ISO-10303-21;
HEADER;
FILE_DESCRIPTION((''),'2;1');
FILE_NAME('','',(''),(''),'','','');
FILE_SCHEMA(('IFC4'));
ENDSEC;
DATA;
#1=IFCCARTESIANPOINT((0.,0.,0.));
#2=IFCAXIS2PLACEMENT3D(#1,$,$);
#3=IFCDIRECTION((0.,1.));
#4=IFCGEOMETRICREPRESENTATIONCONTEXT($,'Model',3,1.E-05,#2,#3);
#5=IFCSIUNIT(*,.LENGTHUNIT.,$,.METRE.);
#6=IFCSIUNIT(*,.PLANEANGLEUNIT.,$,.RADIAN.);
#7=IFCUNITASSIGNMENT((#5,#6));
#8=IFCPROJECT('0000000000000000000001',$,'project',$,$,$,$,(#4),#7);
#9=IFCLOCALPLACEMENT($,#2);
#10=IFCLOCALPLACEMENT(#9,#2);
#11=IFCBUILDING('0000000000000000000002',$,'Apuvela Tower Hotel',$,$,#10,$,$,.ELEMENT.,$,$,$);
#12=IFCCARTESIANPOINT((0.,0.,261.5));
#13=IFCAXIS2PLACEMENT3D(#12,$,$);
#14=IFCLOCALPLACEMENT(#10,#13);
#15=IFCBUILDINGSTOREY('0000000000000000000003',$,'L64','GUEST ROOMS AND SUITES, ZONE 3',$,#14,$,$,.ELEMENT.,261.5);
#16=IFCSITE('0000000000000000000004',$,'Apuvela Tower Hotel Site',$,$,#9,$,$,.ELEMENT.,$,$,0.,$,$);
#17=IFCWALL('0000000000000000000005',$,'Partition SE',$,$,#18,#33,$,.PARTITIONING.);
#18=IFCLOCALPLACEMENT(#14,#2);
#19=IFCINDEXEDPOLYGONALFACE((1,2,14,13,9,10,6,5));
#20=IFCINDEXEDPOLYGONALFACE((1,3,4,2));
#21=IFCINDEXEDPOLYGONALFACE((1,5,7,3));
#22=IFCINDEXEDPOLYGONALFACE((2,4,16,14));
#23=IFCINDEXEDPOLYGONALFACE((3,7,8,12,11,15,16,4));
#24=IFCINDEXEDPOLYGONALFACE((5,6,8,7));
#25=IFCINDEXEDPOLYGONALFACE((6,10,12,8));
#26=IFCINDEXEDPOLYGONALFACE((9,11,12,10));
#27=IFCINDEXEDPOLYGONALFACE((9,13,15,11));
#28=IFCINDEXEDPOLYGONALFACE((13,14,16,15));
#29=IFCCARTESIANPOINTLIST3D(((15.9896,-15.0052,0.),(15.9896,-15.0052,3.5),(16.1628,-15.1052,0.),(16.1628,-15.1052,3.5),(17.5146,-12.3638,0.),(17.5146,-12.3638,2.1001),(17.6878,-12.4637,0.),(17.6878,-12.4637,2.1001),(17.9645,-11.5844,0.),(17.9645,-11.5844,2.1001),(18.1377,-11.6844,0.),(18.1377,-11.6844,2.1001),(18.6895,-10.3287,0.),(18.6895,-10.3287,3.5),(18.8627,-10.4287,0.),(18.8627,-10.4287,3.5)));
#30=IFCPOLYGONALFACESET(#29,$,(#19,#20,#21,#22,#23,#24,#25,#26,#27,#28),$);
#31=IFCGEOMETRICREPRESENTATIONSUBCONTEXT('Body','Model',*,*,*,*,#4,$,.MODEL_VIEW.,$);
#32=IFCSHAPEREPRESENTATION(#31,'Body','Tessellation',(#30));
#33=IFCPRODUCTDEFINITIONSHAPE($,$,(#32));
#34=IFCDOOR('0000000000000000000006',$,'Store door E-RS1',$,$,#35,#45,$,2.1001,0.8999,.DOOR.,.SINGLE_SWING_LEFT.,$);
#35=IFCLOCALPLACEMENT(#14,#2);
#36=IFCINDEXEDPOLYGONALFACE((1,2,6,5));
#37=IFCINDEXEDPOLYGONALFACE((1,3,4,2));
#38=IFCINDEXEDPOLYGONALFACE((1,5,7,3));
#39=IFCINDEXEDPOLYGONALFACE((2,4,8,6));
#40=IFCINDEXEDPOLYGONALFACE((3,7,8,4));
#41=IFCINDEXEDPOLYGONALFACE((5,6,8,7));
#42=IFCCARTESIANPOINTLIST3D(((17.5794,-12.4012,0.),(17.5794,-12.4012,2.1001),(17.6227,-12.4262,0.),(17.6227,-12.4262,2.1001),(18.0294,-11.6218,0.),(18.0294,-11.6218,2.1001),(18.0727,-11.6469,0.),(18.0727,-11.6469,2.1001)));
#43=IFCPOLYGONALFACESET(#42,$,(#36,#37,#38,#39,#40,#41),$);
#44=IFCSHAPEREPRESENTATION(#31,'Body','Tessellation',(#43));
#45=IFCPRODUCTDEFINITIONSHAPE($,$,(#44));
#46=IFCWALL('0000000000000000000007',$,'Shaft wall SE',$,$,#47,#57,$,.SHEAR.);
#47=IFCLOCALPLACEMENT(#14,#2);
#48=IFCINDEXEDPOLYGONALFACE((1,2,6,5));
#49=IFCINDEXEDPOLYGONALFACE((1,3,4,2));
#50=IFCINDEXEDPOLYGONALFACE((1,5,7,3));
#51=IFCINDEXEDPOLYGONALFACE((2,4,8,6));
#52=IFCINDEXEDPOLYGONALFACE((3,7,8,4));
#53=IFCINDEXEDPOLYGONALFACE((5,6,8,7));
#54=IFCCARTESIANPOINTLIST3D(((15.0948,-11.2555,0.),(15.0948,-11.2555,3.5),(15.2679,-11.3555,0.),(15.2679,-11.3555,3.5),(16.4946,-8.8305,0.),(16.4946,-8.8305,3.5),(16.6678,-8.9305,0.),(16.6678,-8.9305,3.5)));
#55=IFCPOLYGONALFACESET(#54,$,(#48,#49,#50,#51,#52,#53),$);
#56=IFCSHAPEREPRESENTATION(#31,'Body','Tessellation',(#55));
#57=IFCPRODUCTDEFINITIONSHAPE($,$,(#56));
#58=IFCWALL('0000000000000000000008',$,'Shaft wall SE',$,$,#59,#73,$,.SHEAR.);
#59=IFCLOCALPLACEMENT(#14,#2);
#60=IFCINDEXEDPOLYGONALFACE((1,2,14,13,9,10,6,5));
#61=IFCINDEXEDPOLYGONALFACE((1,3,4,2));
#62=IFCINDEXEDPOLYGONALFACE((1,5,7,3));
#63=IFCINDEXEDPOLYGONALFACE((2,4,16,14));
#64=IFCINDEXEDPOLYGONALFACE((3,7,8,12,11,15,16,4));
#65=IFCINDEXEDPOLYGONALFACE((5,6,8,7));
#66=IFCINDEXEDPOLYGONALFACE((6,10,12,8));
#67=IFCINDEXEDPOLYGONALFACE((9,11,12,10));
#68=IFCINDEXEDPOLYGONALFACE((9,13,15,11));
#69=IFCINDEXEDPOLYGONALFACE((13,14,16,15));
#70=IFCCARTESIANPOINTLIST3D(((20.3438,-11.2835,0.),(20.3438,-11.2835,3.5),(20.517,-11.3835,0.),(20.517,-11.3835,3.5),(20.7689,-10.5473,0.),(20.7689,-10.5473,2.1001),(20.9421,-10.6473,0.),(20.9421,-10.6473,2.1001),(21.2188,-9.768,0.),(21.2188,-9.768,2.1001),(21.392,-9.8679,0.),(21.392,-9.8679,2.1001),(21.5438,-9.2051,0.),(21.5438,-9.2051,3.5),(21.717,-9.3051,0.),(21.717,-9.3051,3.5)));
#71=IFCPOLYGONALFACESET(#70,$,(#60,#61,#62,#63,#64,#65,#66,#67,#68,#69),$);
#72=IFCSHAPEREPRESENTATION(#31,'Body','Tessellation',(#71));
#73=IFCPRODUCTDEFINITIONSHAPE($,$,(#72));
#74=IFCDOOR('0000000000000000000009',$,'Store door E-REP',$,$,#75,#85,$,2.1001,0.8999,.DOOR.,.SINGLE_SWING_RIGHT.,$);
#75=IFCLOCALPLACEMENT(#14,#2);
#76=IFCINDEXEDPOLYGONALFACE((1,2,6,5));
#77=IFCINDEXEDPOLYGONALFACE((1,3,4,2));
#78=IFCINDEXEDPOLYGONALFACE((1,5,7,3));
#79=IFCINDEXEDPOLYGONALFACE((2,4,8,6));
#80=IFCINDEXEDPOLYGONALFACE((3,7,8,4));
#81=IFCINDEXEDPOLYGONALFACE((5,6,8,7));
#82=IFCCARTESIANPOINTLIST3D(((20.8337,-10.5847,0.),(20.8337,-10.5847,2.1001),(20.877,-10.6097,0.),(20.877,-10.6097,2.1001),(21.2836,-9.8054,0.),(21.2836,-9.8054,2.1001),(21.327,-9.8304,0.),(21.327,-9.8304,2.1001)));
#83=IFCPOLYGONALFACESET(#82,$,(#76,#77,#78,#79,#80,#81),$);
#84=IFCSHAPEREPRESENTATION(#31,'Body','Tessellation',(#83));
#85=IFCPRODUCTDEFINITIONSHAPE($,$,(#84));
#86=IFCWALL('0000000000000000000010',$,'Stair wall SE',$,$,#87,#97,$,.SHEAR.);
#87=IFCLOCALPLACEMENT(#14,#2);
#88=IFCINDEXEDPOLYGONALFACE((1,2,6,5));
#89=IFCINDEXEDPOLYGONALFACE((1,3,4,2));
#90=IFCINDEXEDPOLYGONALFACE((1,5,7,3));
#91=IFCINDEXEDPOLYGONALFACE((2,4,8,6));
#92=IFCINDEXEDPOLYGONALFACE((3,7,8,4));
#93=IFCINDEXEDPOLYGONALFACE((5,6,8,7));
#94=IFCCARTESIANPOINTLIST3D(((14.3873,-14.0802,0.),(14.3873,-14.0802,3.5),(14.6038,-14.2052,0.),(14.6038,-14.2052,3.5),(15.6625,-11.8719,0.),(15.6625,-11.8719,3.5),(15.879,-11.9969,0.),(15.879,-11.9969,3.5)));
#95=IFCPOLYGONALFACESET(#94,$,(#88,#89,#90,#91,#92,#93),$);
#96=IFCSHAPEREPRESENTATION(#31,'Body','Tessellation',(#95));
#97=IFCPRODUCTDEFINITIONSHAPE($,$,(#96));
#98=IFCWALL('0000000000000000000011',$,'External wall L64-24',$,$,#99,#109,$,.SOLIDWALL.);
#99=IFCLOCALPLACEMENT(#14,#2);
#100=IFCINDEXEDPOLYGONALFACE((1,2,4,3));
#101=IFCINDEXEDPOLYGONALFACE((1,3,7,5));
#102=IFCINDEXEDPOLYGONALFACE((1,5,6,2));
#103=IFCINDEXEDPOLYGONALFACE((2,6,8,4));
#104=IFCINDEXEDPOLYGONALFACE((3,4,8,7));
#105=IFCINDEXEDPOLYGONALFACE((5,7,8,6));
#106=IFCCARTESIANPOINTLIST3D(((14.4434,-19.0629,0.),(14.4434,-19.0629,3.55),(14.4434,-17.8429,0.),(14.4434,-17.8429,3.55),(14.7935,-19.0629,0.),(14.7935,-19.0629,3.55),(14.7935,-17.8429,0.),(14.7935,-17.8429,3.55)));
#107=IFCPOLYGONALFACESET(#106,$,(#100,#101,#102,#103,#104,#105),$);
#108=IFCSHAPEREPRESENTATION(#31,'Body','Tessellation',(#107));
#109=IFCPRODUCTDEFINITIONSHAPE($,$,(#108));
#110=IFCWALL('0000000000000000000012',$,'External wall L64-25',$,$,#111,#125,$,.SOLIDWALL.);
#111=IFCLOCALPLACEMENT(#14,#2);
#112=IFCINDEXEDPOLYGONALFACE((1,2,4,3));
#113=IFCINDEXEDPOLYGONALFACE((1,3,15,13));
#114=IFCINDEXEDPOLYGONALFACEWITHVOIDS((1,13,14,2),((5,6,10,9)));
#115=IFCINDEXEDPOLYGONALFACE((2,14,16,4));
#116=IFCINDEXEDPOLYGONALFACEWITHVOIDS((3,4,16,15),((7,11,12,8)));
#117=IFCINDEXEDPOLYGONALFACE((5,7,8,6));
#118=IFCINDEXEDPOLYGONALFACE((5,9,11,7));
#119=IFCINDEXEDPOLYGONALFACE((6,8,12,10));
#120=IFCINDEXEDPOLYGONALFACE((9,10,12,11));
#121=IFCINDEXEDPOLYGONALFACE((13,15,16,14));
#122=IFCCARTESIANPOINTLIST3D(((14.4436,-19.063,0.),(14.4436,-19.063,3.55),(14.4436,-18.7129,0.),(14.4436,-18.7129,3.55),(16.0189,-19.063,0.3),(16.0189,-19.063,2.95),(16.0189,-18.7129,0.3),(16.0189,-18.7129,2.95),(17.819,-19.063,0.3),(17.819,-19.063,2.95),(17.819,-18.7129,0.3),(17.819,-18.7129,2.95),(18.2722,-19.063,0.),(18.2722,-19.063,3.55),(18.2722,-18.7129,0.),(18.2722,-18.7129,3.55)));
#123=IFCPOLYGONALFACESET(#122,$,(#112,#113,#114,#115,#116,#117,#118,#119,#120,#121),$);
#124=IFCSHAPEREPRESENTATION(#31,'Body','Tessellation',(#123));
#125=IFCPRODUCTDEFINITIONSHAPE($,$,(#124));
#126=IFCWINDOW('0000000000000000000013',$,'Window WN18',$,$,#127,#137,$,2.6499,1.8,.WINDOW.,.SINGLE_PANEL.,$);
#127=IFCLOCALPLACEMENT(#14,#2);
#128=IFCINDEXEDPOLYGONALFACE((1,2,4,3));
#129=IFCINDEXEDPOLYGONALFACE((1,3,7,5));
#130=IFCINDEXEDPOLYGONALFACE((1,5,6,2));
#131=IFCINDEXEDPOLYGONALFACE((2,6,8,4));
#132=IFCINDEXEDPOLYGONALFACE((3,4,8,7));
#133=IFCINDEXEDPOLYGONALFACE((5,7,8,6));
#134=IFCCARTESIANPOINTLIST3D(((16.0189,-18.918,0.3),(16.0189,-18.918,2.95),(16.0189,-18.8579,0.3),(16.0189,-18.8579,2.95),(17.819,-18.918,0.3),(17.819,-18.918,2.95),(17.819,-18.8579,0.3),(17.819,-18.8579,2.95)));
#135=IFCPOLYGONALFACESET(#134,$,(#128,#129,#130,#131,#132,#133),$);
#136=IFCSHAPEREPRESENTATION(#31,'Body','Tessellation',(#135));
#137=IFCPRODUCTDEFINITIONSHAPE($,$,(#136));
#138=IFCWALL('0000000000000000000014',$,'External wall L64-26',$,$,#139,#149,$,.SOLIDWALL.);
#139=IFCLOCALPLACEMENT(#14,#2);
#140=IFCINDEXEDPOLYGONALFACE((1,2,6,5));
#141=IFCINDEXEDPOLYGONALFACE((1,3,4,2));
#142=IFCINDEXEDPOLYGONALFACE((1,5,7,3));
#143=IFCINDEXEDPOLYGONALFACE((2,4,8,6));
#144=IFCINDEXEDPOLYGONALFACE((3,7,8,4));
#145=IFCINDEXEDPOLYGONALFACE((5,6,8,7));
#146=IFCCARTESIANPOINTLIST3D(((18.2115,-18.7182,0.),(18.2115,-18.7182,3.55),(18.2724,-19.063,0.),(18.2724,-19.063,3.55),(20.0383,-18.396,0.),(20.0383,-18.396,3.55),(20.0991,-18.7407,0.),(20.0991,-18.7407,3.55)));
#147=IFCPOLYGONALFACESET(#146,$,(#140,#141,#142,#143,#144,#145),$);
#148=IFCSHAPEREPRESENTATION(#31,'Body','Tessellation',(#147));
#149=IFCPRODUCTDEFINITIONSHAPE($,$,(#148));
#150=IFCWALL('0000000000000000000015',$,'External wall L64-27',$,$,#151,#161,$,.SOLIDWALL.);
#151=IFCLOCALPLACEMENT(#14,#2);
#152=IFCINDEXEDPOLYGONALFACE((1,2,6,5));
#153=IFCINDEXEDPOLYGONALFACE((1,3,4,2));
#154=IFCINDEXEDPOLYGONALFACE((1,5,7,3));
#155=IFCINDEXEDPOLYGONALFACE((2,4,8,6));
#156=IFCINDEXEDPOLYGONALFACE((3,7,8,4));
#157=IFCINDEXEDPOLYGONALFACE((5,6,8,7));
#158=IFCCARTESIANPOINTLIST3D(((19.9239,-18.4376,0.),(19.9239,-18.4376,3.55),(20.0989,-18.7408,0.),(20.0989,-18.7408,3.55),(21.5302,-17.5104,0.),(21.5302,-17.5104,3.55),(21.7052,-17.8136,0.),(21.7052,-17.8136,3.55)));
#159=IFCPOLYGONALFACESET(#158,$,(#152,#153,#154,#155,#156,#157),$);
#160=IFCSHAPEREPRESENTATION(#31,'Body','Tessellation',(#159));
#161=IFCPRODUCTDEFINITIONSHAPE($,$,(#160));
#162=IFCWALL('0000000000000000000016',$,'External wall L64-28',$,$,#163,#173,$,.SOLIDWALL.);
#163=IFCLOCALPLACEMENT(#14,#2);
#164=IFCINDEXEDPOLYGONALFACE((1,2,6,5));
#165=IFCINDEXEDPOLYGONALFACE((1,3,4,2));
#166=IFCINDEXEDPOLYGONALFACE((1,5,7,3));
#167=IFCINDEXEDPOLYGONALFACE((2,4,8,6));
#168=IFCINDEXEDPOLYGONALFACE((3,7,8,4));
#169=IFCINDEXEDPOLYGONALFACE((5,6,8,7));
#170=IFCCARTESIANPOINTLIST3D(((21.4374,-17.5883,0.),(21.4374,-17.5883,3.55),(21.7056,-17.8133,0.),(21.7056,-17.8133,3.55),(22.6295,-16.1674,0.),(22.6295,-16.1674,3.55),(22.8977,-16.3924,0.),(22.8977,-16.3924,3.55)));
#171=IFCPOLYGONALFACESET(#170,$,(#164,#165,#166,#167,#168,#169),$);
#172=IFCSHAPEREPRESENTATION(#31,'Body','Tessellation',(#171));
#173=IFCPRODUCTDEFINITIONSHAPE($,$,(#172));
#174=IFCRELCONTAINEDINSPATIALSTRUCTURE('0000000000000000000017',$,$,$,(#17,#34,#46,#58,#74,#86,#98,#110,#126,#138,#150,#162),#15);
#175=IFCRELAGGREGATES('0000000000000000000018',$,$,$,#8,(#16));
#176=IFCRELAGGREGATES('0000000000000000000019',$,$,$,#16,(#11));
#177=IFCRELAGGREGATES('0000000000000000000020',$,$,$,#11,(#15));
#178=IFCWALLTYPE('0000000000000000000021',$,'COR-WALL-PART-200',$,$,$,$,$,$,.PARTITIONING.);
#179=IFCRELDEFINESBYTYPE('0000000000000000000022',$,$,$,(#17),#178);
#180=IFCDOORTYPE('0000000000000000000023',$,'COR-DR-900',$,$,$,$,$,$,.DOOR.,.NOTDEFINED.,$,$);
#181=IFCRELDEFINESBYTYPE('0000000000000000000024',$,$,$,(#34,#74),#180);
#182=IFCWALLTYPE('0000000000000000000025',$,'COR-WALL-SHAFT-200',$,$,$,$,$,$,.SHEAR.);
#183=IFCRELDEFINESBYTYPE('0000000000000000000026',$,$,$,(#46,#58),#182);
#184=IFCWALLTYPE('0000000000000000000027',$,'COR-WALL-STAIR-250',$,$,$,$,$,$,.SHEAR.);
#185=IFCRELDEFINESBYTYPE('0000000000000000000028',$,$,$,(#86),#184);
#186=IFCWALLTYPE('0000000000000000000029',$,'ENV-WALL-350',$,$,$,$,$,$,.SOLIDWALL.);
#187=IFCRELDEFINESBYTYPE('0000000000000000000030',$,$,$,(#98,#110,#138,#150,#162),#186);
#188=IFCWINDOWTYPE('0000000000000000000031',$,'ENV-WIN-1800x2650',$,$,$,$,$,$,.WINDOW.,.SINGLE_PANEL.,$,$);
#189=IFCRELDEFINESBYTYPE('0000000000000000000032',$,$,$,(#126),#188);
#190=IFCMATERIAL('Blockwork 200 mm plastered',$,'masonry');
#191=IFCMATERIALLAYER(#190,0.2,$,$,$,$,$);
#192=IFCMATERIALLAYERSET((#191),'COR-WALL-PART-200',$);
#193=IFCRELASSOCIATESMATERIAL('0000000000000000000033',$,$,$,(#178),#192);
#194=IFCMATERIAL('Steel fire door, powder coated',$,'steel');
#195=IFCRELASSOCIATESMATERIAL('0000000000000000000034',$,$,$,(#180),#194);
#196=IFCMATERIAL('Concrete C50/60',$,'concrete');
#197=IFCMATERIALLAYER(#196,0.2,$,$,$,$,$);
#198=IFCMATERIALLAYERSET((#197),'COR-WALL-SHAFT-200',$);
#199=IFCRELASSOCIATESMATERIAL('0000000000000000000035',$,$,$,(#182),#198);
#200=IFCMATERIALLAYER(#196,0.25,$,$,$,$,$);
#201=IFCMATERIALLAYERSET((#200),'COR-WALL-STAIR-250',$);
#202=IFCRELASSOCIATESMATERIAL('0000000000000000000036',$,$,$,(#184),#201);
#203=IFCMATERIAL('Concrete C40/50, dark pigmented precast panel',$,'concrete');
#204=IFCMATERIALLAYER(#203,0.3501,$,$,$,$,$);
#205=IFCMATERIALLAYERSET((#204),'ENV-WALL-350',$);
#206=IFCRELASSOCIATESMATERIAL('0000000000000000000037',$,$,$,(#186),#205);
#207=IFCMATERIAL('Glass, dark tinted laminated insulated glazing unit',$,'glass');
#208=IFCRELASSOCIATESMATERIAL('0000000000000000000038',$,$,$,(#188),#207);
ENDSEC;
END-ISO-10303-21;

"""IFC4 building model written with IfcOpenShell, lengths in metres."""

from ifc_helpers import new_model, si_unit, direction, frame, frame_2d, origin, place, context, subcontext, project, spatial, rectangle, extrude, material, layer, layer_set, type_object, element, fill, save


model = new_model("IFC4")

# Units and contexts
model_context = context("Model", 3, precision=1e-05, world=origin(), true_north=direction((0.0, 1.0)))
body_context = subcontext(model_context, "Body", "Model", "MODEL_VIEW")
ifc_project = project(units=[si_unit("LENGTHUNIT", "METRE"), si_unit("PLANEANGLEUNIT", "RADIAN")], contexts=[model_context])

# Site, building, storey
site_placement = place(None, origin())
site = spatial("IfcSite", under=ifc_project, at=site_placement, Name="Apuvela Tower Hotel Site", CompositionType="ELEMENT", RefElevation=0.0)
building_placement = place(site_placement, origin())
building = spatial("IfcBuilding", under=site, at=building_placement, Name="Apuvela Tower Hotel", CompositionType="ELEMENT")
storey_placement = place(building_placement, frame((0.0, 0.0, 261.5)))
storey = spatial("IfcBuildingStorey", under=building, at=storey_placement, Name="L64", Description="GUEST ROOMS AND SUITES, ZONE 3", CompositionType="ELEMENT", Elevation=261.5)

# Wall, opening, door
ifc_material_1 = material(Name="Blockwork 200 mm plastered", Category="masonry")
ifc_layer_1 = layer(ifc_material_1, 0.2)
ifc_layer_set_1 = layer_set([ifc_layer_1], Name="COR-WALL-PART-200")
wall_type_1 = type_object("IfcWallType", Name="COR-WALL-PART-200", PredefinedType="PARTITIONING", material=ifc_layer_set_1)
wall_1_placement = place(storey_placement, frame((16.0762, -15.0552, 0.0), z_axis=(0.0, 0.0, 1.0), x_axis=(0.499995, 0.866028, 0.0)))
wall_1 = element("IfcWall", 1, at=wall_1_placement, inside=storey, type_object=wall_type_1, Name="Partition SE", PredefinedType="PARTITIONING", context=body_context, shape_type="SweptSolid", body=[
    extrude(rectangle(XDim=5.3999, YDim=0.2, at=frame_2d((2.7, 0.0))), origin(), (0.0, 0.0, 1.0), 3.5),
])
opening_1_placement = place(wall_1_placement, frame((3.05, 0.0, 0.0)))
opening_1 = element("IfcOpeningElement", 2, at=opening_1_placement, cuts=wall_1, PredefinedType="OPENING", context=body_context, shape_type="SweptSolid", body=[
    extrude(rectangle(XDim=0.8999, YDim=2.1001, at=frame_2d((0.45, 1.05))), frame((0.0, 0.1099, 0.0), z_axis=(0.0, -1.0, 0.0), x_axis=(1.0, 0.0, 0.0)), (0.0, 0.0, 1.0), 0.22),
])
ifc_material_2 = material(Name="Steel fire door, powder coated", Category="steel")
door_type_1 = type_object("IfcDoorType", Name="COR-DR-900", OperationType="NOTDEFINED", PredefinedType="DOOR", material=ifc_material_2)
door_1_placement = place(opening_1_placement, frame((0.8999, 0.0, 0.0), z_axis=(0.0, 0.0, 1.0), x_axis=(-1.0, 0.0, 0.0)))
door_1 = element("IfcDoor", 3, at=door_1_placement, inside=storey, type_object=door_type_1, Name="Store door E-RS1", OperationType="SINGLE_SWING_LEFT", OverallHeight=2.1001, OverallWidth=0.8999, PredefinedType="DOOR", context=body_context, shape_type="SweptSolid", body=[
    extrude(rectangle(XDim=0.8999, YDim=2.1001, at=frame_2d((0.45, 1.05))), frame((0.0, 0.0249, 0.0), z_axis=(0.0, -1.0, 0.0), x_axis=(1.0, 0.0, 0.0)), (0.0, 0.0, 1.0), 0.05),
])
fill(opening_1, door_1)

# Wall
ifc_material_3 = material(Name="Concrete C50/60", Category="concrete")
ifc_layer_2 = layer(ifc_material_3, 0.2)
ifc_layer_set_2 = layer_set([ifc_layer_2], Name="COR-WALL-SHAFT-200")
wall_type_2 = type_object("IfcWallType", Name="COR-WALL-SHAFT-200", PredefinedType="SHEAR", material=ifc_layer_set_2)
wall_2_placement = place(storey_placement, frame((15.1814, -11.3054, 0.0), z_axis=(0.0, 0.0, 1.0), x_axis=(0.499946, 0.866056, 0.0)))
element("IfcWall", 4, at=wall_2_placement, inside=storey, type_object=wall_type_2, Name="Shaft wall SE", PredefinedType="SHEAR", context=body_context, shape_type="SweptSolid", body=[
    extrude(rectangle(XDim=2.8, YDim=0.2, at=frame_2d((1.3999, 0.0))), origin(), (0.0, 0.0, 1.0), 3.5),
])

# Wall, opening, door
wall_3_placement = place(storey_placement, frame((20.4304, -11.3335, 0.0), z_axis=(0.0, 0.0, 1.0), x_axis=(0.500001, 0.866025, 0.0)))
wall_3 = element("IfcWall", 5, at=wall_3_placement, inside=storey, type_object=wall_type_2, Name="Shaft wall SE", PredefinedType="SHEAR", context=body_context, shape_type="SweptSolid", body=[
    extrude(rectangle(XDim=2.3999, YDim=0.2, at=frame_2d((1.2, 0.0))), origin(), (0.0, 0.0, 1.0), 3.5),
])
opening_2_placement = place(wall_3_placement, frame((0.8501, 0.0, 0.0)))
opening_2 = element("IfcOpeningElement", 6, at=opening_2_placement, cuts=wall_3, PredefinedType="OPENING", context=body_context, shape_type="SweptSolid", body=[
    extrude(rectangle(XDim=0.8999, YDim=2.1001, at=frame_2d((0.45, 1.05))), frame((0.0, 0.1099, 0.0), z_axis=(0.0, -1.0, 0.0), x_axis=(1.0, 0.0, 0.0)), (0.0, 0.0, 1.0), 0.22),
])
door_2_placement = place(opening_2_placement, frame((0.8999, 0.0, 0.0), z_axis=(0.0, 0.0, 1.0), x_axis=(-1.0, 0.0, 0.0)))
door_2 = element("IfcDoor", 7, at=door_2_placement, inside=storey, type_object=door_type_1, Name="Store door E-REP", OperationType="SINGLE_SWING_RIGHT", OverallHeight=2.1001, OverallWidth=0.8999, PredefinedType="DOOR", context=body_context, shape_type="SweptSolid", body=[
    extrude(rectangle(XDim=0.8999, YDim=2.1001, at=frame_2d((0.45, 1.05))), frame((0.0, 0.0249, 0.0), z_axis=(0.0, -1.0, 0.0), x_axis=(1.0, 0.0, 0.0)), (0.0, 0.0, 1.0), 0.05),
])
fill(opening_2, door_2)

# Walls
ifc_layer_3 = layer(ifc_material_3, 0.25)
ifc_layer_set_3 = layer_set([ifc_layer_3], Name="COR-WALL-STAIR-250")
wall_type_3 = type_object("IfcWallType", Name="COR-WALL-STAIR-250", PredefinedType="SHEAR", material=ifc_layer_set_3)
wall_4_placement = place(storey_placement, frame((14.4956, -14.1426, 0.0), z_axis=(0.0, 0.0, 1.0), x_axis=(0.500062, 0.865989, 0.0)))
element("IfcWall", 8, at=wall_4_placement, inside=storey, type_object=wall_type_3, Name="Stair wall SE", PredefinedType="SHEAR", context=body_context, shape_type="SweptSolid", body=[
    extrude(rectangle(XDim=2.55, YDim=0.25, at=frame_2d((1.2749, 0.0))), origin(), (0.0, 0.0, 1.0), 3.5),
])
ifc_material_4 = material(Name="Concrete C40/50, dark pigmented precast panel", Category="concrete")
ifc_layer_4 = layer(ifc_material_4, 0.3501)
ifc_layer_set_4 = layer_set([ifc_layer_4], Name="ENV-WALL-350")
wall_type_4 = type_object("IfcWallType", Name="ENV-WALL-350", PredefinedType="SOLIDWALL", material=ifc_layer_set_4)
wall_5_placement = place(storey_placement, frame((14.6184, -17.843, 0.0), z_axis=(0.0, 0.0, 1.0), x_axis=(0.0, -1.0, 0.0)))
element("IfcWall", 9, at=wall_5_placement, inside=storey, type_object=wall_type_4, Name="External wall L64-24", PredefinedType="SOLIDWALL", context=body_context, shape_type="SweptSolid", body=[
    extrude(rectangle(XDim=1.22, YDim=0.3501, at=frame_2d((0.6099, 0.0))), origin(), (0.0, 0.0, 1.0), 3.55),
])

# Wall, opening, window
wall_6_placement = place(storey_placement, frame((14.4436, -18.8879, 0.0), z_axis=(0.0, 0.0, 1.0), x_axis=(1.0, 0.0, 0.0)))
wall_6 = element("IfcWall", 10, at=wall_6_placement, inside=storey, type_object=wall_type_4, Name="External wall L64-25", PredefinedType="SOLIDWALL", context=body_context, shape_type="SweptSolid", body=[
    extrude(rectangle(XDim=3.8286, YDim=0.3501, at=frame_2d((1.9143, 0.0))), origin(), (0.0, 0.0, 1.0), 3.55),
])
opening_3_placement = place(wall_6_placement, frame((1.5754, 0.0, 0.3)))
opening_3 = element("IfcOpeningElement", 11, at=opening_3_placement, cuts=wall_6, PredefinedType="OPENING", context=body_context, shape_type="SweptSolid", body=[
    extrude(rectangle(XDim=1.8, YDim=2.6499, at=frame_2d((0.8999, 1.325))), frame((0.0, 0.1851, 0.0), z_axis=(0.0, -1.0, 0.0), x_axis=(1.0, 0.0, 0.0)), (0.0, 0.0, 1.0), 0.3701),
])
ifc_material_5 = material(Name="Glass, dark tinted laminated insulated glazing unit", Category="glass")
window_type = type_object("IfcWindowType", Name="ENV-WIN-1800x2650", PartitioningType="SINGLE_PANEL", PredefinedType="WINDOW", material=ifc_material_5)
window_placement = place(opening_3_placement, origin())
window = element("IfcWindow", 12, at=window_placement, inside=storey, type_object=window_type, Name="Window WN18", OverallHeight=2.6499, OverallWidth=1.8, PartitioningType="SINGLE_PANEL", PredefinedType="WINDOW", context=body_context, shape_type="SweptSolid", body=[
    extrude(rectangle(XDim=1.8, YDim=2.6499, at=frame_2d((0.8999, 1.325))), frame((0.0, 0.03, 0.0), z_axis=(0.0, -1.0, 0.0), x_axis=(1.0, 0.0, 0.0)), (0.0, 0.0, 1.0), 0.0601),
])
fill(opening_3, window)

# Walls
wall_7_placement = place(storey_placement, frame((18.2419, -18.8906, 0.0), z_axis=(0.0, 0.0, 1.0), x_axis=(0.984792, 0.17374, 0.0)))
element("IfcWall", 13, at=wall_7_placement, inside=storey, type_object=wall_type_4, Name="External wall L64-26", PredefinedType="SOLIDWALL", context=body_context, shape_type="SweptSolid", body=[
    extrude(rectangle(XDim=1.855, YDim=0.3501, at=frame_2d((0.9275, 0.0))), origin(), (0.0, 0.0, 1.0), 3.55),
])
for number, where, z_axis, x_axis, name in (
    (14, (20.0115, -18.5891, 0.0), (0.0, 0.0, 1.0), (0.86608, 0.499905, 0.0), "External wall L64-27"),
    (15, (21.5715, -17.7007, 0.0), (0.0, 0.0, 1.0), (0.642744, 0.766081, 0.0), "External wall L64-28"),
):
    element("IfcWall", number, at=place(storey_placement, frame(where, z_axis=z_axis, x_axis=x_axis)), inside=storey, type_object=wall_type_4, Name=name, PredefinedType="SOLIDWALL", context=body_context, shape_type="SweptSolid", body=[
        extrude(rectangle(XDim=1.8547, YDim=0.3501, at=frame_2d((0.9272, 0.0))), origin(), (0.0, 0.0, 1.0), 3.55),
    ])

save(model, "model.ifc")
